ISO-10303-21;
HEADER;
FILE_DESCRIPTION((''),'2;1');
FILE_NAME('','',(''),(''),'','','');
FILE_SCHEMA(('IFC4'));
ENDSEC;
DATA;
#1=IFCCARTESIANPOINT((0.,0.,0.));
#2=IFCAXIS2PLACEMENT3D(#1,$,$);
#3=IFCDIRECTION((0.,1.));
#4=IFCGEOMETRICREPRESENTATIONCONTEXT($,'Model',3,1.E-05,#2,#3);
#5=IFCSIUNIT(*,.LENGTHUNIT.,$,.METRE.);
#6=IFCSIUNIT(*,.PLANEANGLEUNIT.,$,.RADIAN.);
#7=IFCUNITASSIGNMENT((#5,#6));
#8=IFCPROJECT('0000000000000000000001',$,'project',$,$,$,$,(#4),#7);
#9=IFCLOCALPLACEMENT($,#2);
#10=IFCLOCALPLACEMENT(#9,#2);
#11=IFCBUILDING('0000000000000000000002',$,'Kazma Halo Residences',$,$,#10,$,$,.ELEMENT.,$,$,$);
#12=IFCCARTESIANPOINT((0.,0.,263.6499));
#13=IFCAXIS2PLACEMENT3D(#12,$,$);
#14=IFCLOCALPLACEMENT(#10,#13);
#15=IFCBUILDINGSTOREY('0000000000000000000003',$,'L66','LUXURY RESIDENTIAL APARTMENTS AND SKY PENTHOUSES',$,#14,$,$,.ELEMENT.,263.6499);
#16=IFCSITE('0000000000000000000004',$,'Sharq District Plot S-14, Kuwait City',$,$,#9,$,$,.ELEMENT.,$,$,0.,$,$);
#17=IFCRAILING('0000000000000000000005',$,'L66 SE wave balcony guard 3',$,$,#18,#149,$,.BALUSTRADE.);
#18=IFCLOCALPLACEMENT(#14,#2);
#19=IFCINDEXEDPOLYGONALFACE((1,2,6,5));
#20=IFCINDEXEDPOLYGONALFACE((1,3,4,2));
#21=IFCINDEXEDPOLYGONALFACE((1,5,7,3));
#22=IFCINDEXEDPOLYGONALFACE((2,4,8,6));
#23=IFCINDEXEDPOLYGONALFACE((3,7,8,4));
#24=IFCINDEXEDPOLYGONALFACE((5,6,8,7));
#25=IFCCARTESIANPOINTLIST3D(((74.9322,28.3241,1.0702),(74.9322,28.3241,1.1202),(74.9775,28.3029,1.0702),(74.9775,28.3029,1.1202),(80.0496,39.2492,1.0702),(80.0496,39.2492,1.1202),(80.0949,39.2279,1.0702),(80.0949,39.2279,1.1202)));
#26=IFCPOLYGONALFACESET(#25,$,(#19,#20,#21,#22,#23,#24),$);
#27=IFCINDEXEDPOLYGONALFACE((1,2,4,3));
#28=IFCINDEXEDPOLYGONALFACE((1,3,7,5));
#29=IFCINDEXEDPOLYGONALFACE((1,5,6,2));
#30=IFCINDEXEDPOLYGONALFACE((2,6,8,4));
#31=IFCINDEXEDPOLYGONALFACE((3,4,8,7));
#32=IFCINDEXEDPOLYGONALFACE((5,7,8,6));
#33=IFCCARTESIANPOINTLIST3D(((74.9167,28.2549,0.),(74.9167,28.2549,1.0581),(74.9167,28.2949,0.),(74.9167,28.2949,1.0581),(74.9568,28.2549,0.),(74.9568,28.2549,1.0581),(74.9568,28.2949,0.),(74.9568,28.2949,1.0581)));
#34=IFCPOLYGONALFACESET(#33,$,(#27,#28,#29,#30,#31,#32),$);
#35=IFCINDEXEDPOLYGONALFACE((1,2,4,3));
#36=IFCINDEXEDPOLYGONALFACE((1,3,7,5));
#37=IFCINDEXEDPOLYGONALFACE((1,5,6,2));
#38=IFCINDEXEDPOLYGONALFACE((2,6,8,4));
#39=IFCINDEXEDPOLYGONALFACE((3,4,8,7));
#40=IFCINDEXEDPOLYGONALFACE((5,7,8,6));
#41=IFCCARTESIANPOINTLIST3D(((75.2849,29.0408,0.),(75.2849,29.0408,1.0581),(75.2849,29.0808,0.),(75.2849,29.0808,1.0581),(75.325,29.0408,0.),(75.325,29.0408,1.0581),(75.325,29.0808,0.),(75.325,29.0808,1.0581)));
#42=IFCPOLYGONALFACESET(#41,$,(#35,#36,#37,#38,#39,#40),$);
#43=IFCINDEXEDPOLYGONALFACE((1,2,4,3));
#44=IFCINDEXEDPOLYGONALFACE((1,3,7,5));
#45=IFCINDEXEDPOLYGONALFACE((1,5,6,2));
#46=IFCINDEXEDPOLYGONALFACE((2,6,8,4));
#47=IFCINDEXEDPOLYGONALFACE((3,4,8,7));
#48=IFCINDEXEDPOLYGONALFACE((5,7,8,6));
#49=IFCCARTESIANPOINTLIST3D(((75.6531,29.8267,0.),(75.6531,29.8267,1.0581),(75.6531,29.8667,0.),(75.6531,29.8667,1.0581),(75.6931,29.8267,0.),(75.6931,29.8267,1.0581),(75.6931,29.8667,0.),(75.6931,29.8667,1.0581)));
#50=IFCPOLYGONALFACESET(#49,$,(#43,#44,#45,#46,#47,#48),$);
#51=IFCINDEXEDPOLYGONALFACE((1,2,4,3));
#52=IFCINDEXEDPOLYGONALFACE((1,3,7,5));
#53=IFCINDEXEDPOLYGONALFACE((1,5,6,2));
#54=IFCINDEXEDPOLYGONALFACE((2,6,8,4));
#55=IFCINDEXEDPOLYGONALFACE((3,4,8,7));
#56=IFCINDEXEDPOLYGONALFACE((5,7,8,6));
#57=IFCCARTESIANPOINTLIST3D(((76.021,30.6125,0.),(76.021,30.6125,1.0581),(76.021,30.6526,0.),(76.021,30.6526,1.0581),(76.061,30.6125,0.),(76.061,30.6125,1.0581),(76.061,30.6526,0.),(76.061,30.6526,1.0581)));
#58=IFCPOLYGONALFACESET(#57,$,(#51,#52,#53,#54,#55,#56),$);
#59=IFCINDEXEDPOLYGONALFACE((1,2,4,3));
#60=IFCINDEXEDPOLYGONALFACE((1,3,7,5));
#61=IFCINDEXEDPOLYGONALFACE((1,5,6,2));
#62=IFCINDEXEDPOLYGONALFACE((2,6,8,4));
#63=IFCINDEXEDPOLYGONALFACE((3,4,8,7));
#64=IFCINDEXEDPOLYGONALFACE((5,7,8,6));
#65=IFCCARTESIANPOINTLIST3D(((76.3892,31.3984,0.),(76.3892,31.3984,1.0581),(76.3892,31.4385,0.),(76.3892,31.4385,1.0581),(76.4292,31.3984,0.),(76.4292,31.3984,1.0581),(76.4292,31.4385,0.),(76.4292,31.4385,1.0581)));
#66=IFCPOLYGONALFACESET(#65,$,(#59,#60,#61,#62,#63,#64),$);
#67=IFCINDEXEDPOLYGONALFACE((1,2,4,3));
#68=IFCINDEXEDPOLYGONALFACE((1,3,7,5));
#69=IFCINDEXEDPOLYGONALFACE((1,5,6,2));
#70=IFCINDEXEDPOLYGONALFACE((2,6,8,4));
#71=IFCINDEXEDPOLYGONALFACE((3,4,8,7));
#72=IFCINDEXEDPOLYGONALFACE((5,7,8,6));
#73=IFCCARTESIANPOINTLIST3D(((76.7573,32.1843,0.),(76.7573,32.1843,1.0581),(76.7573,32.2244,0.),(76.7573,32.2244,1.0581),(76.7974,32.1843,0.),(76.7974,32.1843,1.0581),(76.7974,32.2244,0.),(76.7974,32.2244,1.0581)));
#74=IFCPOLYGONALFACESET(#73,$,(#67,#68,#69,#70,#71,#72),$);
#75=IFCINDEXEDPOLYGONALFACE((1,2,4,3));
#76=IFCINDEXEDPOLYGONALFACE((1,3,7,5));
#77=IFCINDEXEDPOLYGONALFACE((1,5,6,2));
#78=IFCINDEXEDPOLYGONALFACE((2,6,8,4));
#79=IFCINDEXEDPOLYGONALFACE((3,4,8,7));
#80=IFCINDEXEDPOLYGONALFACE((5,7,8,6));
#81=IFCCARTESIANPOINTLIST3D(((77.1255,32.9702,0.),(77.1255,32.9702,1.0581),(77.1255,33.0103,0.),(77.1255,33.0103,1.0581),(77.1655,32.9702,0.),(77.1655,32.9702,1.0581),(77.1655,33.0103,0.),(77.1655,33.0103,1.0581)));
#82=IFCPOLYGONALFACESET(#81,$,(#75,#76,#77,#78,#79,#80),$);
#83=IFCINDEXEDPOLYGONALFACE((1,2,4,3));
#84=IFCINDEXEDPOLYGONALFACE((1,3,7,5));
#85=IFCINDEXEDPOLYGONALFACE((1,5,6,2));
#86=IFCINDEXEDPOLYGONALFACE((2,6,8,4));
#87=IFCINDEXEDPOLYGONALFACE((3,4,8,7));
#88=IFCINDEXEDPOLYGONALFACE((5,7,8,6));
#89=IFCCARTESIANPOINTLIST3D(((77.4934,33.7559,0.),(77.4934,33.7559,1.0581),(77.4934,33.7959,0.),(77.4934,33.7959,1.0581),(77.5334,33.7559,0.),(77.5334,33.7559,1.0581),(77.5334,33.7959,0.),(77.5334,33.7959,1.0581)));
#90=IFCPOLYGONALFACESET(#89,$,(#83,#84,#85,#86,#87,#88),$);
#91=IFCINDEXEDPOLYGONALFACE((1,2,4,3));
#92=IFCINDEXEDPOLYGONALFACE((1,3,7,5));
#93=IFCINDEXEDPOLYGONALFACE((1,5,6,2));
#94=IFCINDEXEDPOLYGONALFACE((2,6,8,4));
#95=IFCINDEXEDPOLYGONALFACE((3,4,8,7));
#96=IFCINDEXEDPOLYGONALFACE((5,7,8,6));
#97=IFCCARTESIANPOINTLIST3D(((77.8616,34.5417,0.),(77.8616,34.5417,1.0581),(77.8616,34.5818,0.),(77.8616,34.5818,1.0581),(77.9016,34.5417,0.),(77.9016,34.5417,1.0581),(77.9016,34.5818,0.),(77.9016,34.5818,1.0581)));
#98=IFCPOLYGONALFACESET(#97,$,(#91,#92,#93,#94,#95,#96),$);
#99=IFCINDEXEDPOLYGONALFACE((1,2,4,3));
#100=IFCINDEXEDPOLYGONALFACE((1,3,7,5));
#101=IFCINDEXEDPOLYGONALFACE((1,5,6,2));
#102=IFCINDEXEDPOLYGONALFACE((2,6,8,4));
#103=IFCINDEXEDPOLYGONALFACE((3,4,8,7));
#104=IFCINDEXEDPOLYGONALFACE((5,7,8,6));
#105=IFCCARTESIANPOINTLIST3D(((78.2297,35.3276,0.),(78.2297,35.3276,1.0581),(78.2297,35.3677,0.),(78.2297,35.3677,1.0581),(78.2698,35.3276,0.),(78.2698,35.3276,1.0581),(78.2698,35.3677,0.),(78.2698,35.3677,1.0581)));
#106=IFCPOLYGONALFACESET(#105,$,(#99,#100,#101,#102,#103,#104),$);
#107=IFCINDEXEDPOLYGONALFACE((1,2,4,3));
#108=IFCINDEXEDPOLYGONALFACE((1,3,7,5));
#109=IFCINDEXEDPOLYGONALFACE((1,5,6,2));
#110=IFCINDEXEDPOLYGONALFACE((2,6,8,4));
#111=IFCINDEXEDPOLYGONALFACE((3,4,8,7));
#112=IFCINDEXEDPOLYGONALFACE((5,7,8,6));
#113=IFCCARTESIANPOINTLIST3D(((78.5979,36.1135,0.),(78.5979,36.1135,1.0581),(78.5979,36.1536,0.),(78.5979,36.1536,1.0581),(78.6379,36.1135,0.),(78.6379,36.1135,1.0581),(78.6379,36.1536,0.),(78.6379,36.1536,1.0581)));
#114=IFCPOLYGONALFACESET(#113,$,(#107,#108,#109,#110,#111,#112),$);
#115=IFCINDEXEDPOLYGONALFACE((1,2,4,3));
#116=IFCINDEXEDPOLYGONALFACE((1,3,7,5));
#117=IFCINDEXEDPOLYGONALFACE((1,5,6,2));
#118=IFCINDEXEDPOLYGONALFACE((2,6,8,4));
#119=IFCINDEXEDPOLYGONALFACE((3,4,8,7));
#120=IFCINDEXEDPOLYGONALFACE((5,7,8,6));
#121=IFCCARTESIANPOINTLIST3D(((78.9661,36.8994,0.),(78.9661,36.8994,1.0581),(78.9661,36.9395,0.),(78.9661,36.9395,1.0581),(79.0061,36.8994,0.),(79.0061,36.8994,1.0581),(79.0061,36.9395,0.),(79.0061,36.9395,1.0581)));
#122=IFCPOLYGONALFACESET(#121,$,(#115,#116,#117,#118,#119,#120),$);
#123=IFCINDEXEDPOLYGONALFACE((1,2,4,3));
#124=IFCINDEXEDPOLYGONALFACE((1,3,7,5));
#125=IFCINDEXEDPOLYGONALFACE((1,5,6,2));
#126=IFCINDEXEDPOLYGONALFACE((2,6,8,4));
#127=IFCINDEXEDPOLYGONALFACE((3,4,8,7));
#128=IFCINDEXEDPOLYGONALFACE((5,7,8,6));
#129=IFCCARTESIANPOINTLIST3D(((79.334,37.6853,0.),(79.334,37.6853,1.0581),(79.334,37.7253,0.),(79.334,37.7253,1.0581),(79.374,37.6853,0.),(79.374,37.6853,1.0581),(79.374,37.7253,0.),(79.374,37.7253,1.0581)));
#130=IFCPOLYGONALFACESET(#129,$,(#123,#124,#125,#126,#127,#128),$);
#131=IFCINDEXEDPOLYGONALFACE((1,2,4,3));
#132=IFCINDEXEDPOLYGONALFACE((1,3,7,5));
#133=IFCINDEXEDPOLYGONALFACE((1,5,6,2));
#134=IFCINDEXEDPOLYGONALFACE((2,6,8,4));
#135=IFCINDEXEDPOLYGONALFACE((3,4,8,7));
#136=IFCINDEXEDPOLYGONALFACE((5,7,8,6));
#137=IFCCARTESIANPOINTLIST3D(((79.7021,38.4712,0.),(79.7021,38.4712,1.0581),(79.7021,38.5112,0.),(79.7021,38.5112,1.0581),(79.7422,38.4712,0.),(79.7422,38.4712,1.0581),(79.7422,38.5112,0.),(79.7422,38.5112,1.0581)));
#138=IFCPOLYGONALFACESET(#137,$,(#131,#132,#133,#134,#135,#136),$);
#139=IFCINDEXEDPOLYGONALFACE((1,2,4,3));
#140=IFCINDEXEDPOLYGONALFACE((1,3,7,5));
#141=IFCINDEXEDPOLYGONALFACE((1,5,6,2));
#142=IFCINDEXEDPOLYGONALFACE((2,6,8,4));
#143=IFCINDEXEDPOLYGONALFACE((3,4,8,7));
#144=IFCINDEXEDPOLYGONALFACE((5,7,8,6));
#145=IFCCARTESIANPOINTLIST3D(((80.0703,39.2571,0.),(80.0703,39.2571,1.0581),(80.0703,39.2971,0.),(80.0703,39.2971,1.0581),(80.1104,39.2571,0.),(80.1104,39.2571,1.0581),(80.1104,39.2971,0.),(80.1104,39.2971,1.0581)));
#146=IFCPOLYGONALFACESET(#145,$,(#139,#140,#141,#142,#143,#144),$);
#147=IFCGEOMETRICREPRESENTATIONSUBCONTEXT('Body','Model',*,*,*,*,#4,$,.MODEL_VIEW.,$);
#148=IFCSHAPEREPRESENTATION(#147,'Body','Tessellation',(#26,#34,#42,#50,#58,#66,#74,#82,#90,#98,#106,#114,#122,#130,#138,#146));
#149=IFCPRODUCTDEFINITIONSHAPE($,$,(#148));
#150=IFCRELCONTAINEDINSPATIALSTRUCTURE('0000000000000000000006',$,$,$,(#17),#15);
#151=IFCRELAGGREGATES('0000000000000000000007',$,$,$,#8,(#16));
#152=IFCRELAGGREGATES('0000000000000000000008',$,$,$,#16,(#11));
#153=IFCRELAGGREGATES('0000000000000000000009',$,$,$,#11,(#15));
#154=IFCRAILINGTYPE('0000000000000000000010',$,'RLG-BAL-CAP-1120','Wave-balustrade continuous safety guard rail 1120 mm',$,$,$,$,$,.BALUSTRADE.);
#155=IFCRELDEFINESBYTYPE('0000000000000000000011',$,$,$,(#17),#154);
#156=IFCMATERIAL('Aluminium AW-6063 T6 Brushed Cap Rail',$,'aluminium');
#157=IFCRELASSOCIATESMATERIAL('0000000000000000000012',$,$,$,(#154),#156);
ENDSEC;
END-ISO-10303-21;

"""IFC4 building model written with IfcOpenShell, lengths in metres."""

from ifc_helpers import new_model, si_unit, direction, frame, origin, origin_2d, place, context, subcontext, project, spatial, rectangle, extrude, material, type_object, element, save


model = new_model("IFC4")

# Units and contexts
model_context = context("Model", 3, precision=1e-05, world=origin(), true_north=direction((0.0, 1.0)))
body_context = subcontext(model_context, "Body", "Model", "MODEL_VIEW")
ifc_project = project(units=[si_unit("LENGTHUNIT", "METRE"), si_unit("PLANEANGLEUNIT", "RADIAN")], contexts=[model_context])

# Site, building, storey
site_placement = place(None, origin())
site = spatial("IfcSite", under=ifc_project, at=site_placement, Name="Sharq District Plot S-14, Kuwait City", CompositionType="ELEMENT", RefElevation=0.0)
building_placement = place(site_placement, origin())
building = spatial("IfcBuilding", under=site, at=building_placement, Name="Kazma Halo Residences", CompositionType="ELEMENT")
storey_placement = place(building_placement, frame((0.0, 0.0, 263.6499)))
storey = spatial("IfcBuildingStorey", under=building, at=storey_placement, Name="L66", Description="LUXURY RESIDENTIAL APARTMENTS AND SKY PENTHOUSES", CompositionType="ELEMENT", Elevation=263.6499)

# Railing
ifc_material_1 = material(Name="Aluminium AW-6063 T6 Brushed Cap Rail", Category="aluminium")
railing_type = type_object("IfcRailingType", Name="RLG-BAL-CAP-1120", Description="Wave-balustrade continuous safety guard rail 1120 mm", PredefinedType="BALUSTRADE", material=ifc_material_1)
railing_1_placement = place(storey_placement, frame((74.9368, 28.2749, 0.0)))
element("IfcRailing", 1, at=railing_1_placement, inside=storey, type_object=railing_type, Name="L66 SE wave balcony guard 3", PredefinedType="BALUSTRADE", context=body_context, shape_type="SweptSolid", body=[
    extrude(rectangle(XDim=0.05, YDim=0.05, at=origin_2d()), frame((0.0181, 0.0386, 1.0952), z_axis=(0.424183, 0.905576, 0.0), x_axis=(-0.905576, 0.424183, 0.0)), (0.0, 0.0, 1.0), 12.0642),
    extrude(rectangle(XDim=0.04, YDim=0.04, at=origin_2d()), origin(), (0.0, 0.0, 1.0), 1.0581),
    extrude(rectangle(XDim=0.04, YDim=0.04, at=origin_2d()), frame((0.3682, 0.7859, 0.0)), (0.0, 0.0, 1.0), 1.0581),
    extrude(rectangle(XDim=0.04, YDim=0.04, at=origin_2d()), frame((0.7363, 1.5718, 0.0)), (0.0, 0.0, 1.0), 1.0581),
    extrude(rectangle(XDim=0.04, YDim=0.04, at=origin_2d()), frame((1.1042, 2.3577, 0.0)), (0.0, 0.0, 1.0), 1.0581),
    extrude(rectangle(XDim=0.04, YDim=0.04, at=origin_2d()), frame((1.4724, 3.1436, 0.0)), (0.0, 0.0, 1.0), 1.0581),
    extrude(rectangle(XDim=0.04, YDim=0.04, at=origin_2d()), frame((1.8406, 3.9294, 0.0)), (0.0, 0.0, 1.0), 1.0581),
    extrude(rectangle(XDim=0.04, YDim=0.04, at=origin_2d()), frame((2.2087, 4.7153, 0.0)), (0.0, 0.0, 1.0), 1.0581),
    extrude(rectangle(XDim=0.04, YDim=0.04, at=origin_2d()), frame((2.5767, 5.501, 0.0)), (0.0, 0.0, 1.0), 1.0581),
    extrude(rectangle(XDim=0.04, YDim=0.04, at=origin_2d()), frame((2.9448, 6.2869, 0.0)), (0.0, 0.0, 1.0), 1.0581),
    extrude(rectangle(XDim=0.04, YDim=0.04, at=origin_2d()), frame((3.313, 7.0728, 0.0)), (0.0, 0.0, 1.0), 1.0581),
    extrude(rectangle(XDim=0.04, YDim=0.04, at=origin_2d()), frame((3.6812, 7.8586, 0.0)), (0.0, 0.0, 1.0), 1.0581),
    extrude(rectangle(XDim=0.04, YDim=0.04, at=origin_2d()), frame((4.0493, 8.6445, 0.0)), (0.0, 0.0, 1.0), 1.0581),
    extrude(rectangle(XDim=0.04, YDim=0.04, at=origin_2d()), frame((4.4172, 9.4304, 0.0)), (0.0, 0.0, 1.0), 1.0581),
    extrude(rectangle(XDim=0.04, YDim=0.04, at=origin_2d()), frame((4.7854, 10.2163, 0.0)), (0.0, 0.0, 1.0), 1.0581),
    extrude(rectangle(XDim=0.04, YDim=0.04, at=origin_2d()), frame((5.1536, 11.0022, 0.0)), (0.0, 0.0, 1.0), 1.0581),
])

save(model, "model.ifc")
